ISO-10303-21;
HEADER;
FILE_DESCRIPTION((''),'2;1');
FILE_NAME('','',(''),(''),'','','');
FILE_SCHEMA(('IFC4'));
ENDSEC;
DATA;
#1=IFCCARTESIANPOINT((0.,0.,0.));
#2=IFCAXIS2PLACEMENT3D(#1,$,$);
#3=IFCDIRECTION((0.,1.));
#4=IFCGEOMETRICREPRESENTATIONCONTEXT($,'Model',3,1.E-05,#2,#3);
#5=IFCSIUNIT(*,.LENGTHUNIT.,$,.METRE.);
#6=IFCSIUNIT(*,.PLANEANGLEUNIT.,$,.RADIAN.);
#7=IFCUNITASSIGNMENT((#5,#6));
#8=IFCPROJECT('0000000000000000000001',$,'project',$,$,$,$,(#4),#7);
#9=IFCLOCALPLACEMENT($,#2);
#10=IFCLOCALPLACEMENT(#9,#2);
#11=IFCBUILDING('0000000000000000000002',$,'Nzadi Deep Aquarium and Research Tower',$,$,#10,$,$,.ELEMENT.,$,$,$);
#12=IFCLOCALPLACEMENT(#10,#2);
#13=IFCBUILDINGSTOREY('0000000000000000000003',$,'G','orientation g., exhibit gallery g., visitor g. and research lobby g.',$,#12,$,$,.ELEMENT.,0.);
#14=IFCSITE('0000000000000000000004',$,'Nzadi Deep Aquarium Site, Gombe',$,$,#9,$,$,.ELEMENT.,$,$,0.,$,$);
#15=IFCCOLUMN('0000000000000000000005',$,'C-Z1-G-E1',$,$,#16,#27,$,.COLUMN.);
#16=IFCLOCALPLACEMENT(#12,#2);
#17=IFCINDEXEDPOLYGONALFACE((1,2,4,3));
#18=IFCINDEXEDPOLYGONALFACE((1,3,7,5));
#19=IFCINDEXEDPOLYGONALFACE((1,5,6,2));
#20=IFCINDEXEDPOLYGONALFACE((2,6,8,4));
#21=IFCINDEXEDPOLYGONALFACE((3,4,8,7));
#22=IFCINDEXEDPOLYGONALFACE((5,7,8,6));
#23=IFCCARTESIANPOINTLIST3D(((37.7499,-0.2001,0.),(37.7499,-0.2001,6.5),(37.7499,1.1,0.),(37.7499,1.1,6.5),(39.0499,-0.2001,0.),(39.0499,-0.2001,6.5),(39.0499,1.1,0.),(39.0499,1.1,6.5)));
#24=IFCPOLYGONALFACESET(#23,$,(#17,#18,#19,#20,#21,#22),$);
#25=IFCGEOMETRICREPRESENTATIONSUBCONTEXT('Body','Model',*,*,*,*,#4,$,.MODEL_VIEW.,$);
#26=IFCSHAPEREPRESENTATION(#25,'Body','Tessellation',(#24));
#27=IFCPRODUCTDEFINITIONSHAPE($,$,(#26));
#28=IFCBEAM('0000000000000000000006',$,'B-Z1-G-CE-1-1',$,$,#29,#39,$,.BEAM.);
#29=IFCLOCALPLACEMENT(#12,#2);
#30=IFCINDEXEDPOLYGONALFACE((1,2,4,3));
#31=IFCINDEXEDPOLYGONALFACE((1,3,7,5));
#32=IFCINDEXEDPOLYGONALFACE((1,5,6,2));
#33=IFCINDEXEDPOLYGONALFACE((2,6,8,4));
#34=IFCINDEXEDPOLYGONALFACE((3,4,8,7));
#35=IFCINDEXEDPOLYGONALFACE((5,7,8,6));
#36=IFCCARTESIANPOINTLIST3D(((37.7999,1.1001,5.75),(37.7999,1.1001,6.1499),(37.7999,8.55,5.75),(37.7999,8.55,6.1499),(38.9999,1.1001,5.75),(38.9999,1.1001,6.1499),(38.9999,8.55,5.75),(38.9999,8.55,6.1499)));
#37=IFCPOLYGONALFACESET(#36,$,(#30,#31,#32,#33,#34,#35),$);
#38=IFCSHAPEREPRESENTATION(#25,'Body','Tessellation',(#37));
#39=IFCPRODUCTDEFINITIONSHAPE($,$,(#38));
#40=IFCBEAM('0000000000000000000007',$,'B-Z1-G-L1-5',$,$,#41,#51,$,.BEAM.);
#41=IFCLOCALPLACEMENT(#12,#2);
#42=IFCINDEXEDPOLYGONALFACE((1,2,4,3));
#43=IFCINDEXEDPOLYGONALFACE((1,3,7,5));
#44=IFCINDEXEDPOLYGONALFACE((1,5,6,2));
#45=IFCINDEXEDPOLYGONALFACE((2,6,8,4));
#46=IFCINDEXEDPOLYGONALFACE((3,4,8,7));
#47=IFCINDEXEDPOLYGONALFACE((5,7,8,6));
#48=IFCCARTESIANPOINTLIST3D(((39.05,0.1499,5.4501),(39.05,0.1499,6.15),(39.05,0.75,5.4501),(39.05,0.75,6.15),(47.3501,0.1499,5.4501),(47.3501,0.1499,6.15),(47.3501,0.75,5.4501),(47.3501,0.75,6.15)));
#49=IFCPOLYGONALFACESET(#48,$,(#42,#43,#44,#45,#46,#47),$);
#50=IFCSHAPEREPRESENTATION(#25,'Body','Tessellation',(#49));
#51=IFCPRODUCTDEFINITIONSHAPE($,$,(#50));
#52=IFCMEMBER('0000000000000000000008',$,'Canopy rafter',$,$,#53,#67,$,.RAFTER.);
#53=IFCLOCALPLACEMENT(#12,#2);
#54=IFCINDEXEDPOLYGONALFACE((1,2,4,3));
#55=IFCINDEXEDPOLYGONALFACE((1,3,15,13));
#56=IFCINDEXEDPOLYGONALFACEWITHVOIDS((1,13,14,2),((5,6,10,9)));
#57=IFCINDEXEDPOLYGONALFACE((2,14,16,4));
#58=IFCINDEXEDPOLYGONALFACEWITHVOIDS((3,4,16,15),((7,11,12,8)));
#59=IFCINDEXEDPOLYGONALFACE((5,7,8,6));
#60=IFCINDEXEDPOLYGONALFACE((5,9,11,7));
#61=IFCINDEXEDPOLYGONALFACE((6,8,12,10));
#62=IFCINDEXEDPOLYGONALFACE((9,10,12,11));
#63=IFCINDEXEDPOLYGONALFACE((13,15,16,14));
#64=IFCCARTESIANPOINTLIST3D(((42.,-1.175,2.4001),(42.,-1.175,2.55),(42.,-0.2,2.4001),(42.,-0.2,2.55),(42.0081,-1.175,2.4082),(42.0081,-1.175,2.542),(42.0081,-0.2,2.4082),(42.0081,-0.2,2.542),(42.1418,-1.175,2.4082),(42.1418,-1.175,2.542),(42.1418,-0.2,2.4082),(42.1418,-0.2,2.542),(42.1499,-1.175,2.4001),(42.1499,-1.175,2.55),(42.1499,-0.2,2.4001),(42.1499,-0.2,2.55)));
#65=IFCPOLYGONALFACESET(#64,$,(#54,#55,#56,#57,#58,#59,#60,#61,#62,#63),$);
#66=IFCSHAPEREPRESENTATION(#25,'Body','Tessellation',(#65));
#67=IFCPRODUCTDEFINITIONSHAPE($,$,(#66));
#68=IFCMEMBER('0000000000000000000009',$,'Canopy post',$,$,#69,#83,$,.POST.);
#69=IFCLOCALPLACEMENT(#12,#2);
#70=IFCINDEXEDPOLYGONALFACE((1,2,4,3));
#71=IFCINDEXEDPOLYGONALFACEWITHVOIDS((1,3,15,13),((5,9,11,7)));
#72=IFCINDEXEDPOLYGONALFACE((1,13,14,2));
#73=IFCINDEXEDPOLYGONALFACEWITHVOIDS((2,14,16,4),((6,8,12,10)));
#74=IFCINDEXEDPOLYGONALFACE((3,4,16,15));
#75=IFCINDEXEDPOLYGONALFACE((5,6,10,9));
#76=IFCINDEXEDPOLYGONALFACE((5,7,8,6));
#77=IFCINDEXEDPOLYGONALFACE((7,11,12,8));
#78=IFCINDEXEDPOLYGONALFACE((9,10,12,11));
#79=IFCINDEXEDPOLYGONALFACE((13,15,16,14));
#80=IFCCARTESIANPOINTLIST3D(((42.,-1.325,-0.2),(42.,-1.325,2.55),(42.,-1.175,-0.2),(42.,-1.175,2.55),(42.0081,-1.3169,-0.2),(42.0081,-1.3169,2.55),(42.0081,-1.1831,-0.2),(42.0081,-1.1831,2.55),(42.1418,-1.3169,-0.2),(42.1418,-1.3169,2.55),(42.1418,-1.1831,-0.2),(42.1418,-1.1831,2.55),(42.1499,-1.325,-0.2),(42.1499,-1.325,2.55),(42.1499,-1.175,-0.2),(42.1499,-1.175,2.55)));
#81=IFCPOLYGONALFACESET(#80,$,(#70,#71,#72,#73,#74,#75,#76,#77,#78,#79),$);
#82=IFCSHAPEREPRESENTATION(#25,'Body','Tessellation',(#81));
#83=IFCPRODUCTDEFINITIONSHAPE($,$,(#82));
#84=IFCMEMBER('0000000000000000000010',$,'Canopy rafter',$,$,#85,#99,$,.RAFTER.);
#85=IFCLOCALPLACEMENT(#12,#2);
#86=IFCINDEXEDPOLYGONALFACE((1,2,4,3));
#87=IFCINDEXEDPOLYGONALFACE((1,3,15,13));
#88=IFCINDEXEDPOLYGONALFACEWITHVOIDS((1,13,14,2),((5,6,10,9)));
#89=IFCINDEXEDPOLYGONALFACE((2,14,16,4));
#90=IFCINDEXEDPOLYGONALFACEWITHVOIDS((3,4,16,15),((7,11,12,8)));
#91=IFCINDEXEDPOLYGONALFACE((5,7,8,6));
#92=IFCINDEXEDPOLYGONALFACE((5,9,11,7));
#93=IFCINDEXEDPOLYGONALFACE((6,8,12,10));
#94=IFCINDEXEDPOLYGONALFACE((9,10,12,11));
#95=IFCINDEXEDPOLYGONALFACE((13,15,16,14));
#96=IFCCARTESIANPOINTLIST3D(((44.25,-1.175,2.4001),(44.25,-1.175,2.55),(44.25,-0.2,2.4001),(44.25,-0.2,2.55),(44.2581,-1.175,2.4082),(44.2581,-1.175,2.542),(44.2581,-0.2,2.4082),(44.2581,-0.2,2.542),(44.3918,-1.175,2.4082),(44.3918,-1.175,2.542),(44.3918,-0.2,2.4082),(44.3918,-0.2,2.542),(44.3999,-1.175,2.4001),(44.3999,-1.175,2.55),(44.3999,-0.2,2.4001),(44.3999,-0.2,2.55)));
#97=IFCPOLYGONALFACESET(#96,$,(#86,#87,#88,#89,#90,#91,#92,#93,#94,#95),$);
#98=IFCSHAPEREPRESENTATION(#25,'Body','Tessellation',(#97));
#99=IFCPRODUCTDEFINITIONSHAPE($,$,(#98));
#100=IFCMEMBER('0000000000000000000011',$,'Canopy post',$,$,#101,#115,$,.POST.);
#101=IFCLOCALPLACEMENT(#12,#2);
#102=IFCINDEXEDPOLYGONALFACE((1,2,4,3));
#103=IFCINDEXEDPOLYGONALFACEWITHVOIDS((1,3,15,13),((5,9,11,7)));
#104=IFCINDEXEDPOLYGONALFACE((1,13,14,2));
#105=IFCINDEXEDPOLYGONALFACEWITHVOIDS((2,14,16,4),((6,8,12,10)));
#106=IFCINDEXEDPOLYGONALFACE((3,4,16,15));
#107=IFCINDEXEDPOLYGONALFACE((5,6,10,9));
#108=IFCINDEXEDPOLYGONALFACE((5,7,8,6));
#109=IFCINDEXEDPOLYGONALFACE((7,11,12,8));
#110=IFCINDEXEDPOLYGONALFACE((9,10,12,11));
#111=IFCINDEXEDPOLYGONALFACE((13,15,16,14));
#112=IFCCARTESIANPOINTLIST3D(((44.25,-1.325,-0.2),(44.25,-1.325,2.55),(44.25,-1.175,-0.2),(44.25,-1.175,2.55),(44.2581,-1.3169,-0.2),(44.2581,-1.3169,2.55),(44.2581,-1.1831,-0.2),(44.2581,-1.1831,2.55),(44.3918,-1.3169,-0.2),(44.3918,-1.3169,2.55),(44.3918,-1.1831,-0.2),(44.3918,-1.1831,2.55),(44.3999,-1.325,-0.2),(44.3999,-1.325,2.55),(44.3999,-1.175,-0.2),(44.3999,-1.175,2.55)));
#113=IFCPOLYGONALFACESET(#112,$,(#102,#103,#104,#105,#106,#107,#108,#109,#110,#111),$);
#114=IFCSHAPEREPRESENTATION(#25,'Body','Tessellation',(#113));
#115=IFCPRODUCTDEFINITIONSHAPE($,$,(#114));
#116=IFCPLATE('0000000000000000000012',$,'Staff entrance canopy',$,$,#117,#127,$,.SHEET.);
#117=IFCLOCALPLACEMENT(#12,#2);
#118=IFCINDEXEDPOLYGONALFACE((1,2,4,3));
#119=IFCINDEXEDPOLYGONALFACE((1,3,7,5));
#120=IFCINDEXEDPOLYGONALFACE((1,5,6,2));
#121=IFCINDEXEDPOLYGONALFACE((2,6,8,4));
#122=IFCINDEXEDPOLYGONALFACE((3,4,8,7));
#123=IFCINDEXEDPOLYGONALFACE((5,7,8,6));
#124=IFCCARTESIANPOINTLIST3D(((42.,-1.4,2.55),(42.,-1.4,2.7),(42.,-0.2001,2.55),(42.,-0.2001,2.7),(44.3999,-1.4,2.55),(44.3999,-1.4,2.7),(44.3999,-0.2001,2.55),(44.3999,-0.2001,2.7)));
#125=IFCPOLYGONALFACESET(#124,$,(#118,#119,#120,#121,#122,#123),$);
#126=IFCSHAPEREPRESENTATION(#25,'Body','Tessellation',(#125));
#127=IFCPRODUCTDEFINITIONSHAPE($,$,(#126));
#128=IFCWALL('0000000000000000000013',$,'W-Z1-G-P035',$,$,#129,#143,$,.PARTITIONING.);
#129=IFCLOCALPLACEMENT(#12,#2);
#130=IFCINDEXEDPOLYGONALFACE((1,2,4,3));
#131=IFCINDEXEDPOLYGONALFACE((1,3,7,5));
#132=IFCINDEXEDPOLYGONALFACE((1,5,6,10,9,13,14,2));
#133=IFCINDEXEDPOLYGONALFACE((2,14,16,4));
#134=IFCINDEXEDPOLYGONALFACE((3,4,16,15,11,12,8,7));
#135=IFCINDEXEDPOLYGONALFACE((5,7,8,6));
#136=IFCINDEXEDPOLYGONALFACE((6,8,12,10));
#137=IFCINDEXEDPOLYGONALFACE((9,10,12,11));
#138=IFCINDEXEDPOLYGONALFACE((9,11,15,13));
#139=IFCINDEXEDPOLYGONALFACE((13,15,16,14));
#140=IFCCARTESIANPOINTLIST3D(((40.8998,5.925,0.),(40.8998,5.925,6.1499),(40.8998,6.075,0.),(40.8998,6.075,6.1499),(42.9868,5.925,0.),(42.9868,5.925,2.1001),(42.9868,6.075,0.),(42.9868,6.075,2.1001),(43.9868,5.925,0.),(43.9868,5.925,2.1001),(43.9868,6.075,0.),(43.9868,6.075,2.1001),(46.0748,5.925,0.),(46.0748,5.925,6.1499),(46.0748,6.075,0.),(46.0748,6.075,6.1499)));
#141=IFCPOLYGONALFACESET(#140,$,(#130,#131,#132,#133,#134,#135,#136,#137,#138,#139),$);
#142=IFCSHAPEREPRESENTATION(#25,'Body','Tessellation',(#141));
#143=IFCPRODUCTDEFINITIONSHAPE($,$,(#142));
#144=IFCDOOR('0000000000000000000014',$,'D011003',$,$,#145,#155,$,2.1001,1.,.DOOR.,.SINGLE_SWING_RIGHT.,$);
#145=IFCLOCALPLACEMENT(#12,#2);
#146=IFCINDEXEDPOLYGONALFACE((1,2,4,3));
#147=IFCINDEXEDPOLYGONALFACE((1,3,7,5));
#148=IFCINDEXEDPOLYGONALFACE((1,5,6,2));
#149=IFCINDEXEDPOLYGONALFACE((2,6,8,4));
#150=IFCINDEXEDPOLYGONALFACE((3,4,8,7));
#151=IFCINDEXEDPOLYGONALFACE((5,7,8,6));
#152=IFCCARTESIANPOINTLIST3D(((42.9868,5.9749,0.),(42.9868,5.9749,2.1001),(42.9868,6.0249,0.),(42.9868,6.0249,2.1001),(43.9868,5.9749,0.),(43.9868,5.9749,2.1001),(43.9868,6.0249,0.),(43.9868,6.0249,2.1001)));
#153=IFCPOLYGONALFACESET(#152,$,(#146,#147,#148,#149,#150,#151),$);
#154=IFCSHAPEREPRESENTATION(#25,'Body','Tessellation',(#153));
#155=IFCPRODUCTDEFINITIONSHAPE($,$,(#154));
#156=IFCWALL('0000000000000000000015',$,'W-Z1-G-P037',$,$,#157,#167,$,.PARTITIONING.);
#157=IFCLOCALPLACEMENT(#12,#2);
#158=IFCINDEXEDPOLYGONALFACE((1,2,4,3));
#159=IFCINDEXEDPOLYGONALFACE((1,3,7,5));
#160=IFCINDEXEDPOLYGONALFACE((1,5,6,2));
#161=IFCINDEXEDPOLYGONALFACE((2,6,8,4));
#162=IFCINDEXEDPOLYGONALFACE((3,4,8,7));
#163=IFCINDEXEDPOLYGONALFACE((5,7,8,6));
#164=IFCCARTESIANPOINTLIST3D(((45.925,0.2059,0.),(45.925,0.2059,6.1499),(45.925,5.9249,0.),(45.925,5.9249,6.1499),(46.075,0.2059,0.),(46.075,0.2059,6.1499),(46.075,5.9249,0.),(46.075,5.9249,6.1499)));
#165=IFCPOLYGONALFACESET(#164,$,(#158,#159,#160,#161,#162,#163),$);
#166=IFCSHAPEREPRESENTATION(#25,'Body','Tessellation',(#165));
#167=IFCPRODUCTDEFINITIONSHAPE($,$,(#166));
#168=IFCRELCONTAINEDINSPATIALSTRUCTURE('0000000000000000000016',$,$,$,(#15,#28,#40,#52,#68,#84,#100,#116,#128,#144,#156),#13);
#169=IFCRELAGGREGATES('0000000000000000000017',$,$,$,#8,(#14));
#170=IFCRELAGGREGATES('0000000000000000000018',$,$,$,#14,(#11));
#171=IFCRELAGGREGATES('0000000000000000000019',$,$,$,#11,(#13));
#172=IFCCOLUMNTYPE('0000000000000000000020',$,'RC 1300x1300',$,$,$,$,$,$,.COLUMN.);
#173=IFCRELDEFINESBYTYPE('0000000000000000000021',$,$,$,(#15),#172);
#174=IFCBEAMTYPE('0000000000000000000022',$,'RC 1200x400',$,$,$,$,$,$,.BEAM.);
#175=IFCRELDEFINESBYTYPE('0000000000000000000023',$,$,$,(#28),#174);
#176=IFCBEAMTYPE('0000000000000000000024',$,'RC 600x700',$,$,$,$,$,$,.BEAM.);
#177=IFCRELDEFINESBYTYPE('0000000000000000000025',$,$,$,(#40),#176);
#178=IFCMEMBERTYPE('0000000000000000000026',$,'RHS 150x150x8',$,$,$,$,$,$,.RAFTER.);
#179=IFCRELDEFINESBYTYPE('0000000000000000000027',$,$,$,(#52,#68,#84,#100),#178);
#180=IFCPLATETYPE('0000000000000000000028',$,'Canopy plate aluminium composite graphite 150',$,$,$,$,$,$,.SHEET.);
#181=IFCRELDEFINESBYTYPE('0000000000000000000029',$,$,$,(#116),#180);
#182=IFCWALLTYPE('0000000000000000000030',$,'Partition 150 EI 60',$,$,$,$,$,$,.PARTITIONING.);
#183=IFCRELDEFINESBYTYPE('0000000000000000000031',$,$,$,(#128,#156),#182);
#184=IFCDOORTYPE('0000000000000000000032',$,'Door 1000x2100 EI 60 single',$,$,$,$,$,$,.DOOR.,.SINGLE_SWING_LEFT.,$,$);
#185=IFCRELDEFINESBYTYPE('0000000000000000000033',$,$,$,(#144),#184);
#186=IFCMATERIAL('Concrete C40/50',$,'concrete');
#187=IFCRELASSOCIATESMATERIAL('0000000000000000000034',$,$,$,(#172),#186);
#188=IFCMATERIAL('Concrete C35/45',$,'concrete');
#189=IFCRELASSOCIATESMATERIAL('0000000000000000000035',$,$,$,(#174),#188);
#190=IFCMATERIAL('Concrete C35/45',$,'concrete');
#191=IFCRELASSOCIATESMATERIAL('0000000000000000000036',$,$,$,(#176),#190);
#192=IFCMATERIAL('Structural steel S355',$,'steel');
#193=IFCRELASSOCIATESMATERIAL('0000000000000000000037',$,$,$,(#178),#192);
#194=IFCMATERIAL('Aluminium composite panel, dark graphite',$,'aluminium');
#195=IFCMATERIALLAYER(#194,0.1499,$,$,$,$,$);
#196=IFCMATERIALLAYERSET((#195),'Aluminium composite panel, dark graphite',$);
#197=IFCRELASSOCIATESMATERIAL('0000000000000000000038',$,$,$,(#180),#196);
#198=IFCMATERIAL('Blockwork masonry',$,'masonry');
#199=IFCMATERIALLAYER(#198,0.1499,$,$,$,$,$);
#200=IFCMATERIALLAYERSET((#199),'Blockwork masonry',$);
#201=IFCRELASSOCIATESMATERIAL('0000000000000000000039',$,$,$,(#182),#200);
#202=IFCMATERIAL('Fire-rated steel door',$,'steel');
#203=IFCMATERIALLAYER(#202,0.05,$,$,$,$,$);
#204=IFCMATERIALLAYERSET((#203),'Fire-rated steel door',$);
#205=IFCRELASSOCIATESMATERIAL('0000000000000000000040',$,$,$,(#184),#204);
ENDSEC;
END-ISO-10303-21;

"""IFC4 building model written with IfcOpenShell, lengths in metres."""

from ifc_helpers import new_model, si_unit, direction, frame, frame_2d, origin, origin_2d, place, context, subcontext, project, spatial, rectangle, hollow_rectangle, extrude, material, layer, layer_set, material_profile, profile_set, type_object, element, fill, save


model = new_model("IFC4")

# Units and contexts
model_context = context("Model", 3, precision=1e-05, world=origin(), true_north=direction((0.0, 1.0)))
body_context = subcontext(model_context, "Body", "Model", "MODEL_VIEW")
ifc_project = project(units=[si_unit("LENGTHUNIT", "METRE"), si_unit("PLANEANGLEUNIT", "RADIAN")], contexts=[model_context])

# Site, building, storey
site_placement = place(None, origin())
site = spatial("IfcSite", under=ifc_project, at=site_placement, Name="Nzadi Deep Aquarium Site, Gombe", CompositionType="ELEMENT", RefElevation=0.0)
building_placement = place(site_placement, origin())
building = spatial("IfcBuilding", under=site, at=building_placement, Name="Nzadi Deep Aquarium and Research Tower", CompositionType="ELEMENT")
storey_placement = place(building_placement, origin())
storey = spatial("IfcBuildingStorey", under=building, at=storey_placement, Name="G", Description="orientation g., exhibit gallery g., visitor g. and research lobby g.", CompositionType="ELEMENT", Elevation=0.0)

# Column
ifc_material_1 = material(Name="Concrete C40/50", Category="concrete")
ifc_material_profile_1 = material_profile(ifc_material_1, rectangle(XDim=1.3, YDim=1.3, at=origin_2d()))
ifc_profile_set_1 = profile_set([ifc_material_profile_1], Name="Concrete C40/50")
column_type = type_object("IfcColumnType", Name="RC 1300x1300", PredefinedType="COLUMN", material=ifc_profile_set_1)
column_placement = place(storey_placement, frame((38.3999, 0.45, 0.0), z_axis=(0.0, 0.0, 1.0), x_axis=(1.0, 0.0, 0.0)))
element("IfcColumn", 1, at=column_placement, inside=storey, type_object=column_type, Name="C-Z1-G-E1", PredefinedType="COLUMN", context=body_context, shape_type="SweptSolid", body=[
    extrude(rectangle(XDim=1.3, YDim=1.3, at=origin_2d()), origin(), (0.0, 0.0, 1.0), 6.5),
])

# Beams
ifc_material_2 = material(Name="Concrete C35/45", Category="concrete")
ifc_material_profile_2 = material_profile(ifc_material_2, rectangle(XDim=1.2, YDim=0.3999, at=origin_2d()))
ifc_profile_set_2 = profile_set([ifc_material_profile_2], Name="Concrete C35/45")
beam_type_1 = type_object("IfcBeamType", Name="RC 1200x400", PredefinedType="BEAM", material=ifc_profile_set_2)
beam_1_placement = place(storey_placement, frame((38.3999, 1.1001, 5.95), z_axis=(0.0, 1.0, 0.0), x_axis=(-1.0, 0.0, 0.0)))
element("IfcBeam", 2, at=beam_1_placement, inside=storey, type_object=beam_type_1, Name="B-Z1-G-CE-1-1", PredefinedType="BEAM", context=body_context, shape_type="SweptSolid", body=[
    extrude(rectangle(XDim=1.2, YDim=0.3999, at=origin_2d()), origin(), (0.0, 0.0, 1.0), 7.45),
])
ifc_material_3 = material(Name="Concrete C35/45", Category="concrete")
ifc_material_profile_3 = material_profile(ifc_material_3, rectangle(XDim=0.6001, YDim=0.7, at=origin_2d()))
ifc_profile_set_3 = profile_set([ifc_material_profile_3], Name="Concrete C35/45")
beam_type_2 = type_object("IfcBeamType", Name="RC 600x700", PredefinedType="BEAM", material=ifc_profile_set_3)
beam_2_placement = place(storey_placement, frame((39.05, 0.45, 5.8), z_axis=(1.0, 0.0, 0.0), x_axis=(0.0, 1.0, 0.0)))
element("IfcBeam", 3, at=beam_2_placement, inside=storey, type_object=beam_type_2, Name="B-Z1-G-L1-5", PredefinedType="BEAM", context=body_context, shape_type="SweptSolid", body=[
    extrude(rectangle(XDim=0.6001, YDim=0.7, at=origin_2d()), origin(), (0.0, 0.0, 1.0), 8.3),
])

# Members
ifc_material_4 = material(Name="Structural steel S355", Category="steel")
ifc_material_profile_4 = material_profile(ifc_material_4, hollow_rectangle(XDim=0.1499, YDim=0.1499, WallThickness=0.0081, at=origin_2d()))
ifc_profile_set_4 = profile_set([ifc_material_profile_4], Name="Structural steel S355")
member_type = type_object("IfcMemberType", Name="RHS 150x150x8", PredefinedType="RAFTER", material=ifc_profile_set_4)
member_1_placement = place(storey_placement, frame((42.075, -0.2, 2.4751), z_axis=(0.0, -1.0, 0.0), x_axis=(1.0, 0.0, 0.0)))
element("IfcMember", 4, at=member_1_placement, inside=storey, type_object=member_type, Name="Canopy rafter", PredefinedType="RAFTER", context=body_context, shape_type="SweptSolid", body=[
    extrude(hollow_rectangle(XDim=0.1499, YDim=0.1499, WallThickness=0.0081, at=origin_2d()), origin(), (0.0, 0.0, 1.0), 0.9751),
])
member_2_placement = place(storey_placement, frame((42.075, -1.25, -0.2), z_axis=(0.0, 0.0, 1.0), x_axis=(1.0, 0.0, 0.0)))
element("IfcMember", 5, at=member_2_placement, inside=storey, type_object=member_type, Name="Canopy post", PredefinedType="POST", context=body_context, shape_type="SweptSolid", body=[
    extrude(hollow_rectangle(XDim=0.1499, YDim=0.1499, WallThickness=0.0081, at=origin_2d()), origin(), (0.0, 0.0, 1.0), 2.75),
])
member_3_placement = place(storey_placement, frame((44.325, -0.2, 2.4751), z_axis=(0.0, -1.0, 0.0), x_axis=(1.0, 0.0, 0.0)))
element("IfcMember", 6, at=member_3_placement, inside=storey, type_object=member_type, Name="Canopy rafter", PredefinedType="RAFTER", context=body_context, shape_type="SweptSolid", body=[
    extrude(hollow_rectangle(XDim=0.1499, YDim=0.1499, WallThickness=0.0081, at=origin_2d()), origin(), (0.0, 0.0, 1.0), 0.9751),
])
member_4_placement = place(storey_placement, frame((44.325, -1.25, -0.2), z_axis=(0.0, 0.0, 1.0), x_axis=(1.0, 0.0, 0.0)))
element("IfcMember", 7, at=member_4_placement, inside=storey, type_object=member_type, Name="Canopy post", PredefinedType="POST", context=body_context, shape_type="SweptSolid", body=[
    extrude(hollow_rectangle(XDim=0.1499, YDim=0.1499, WallThickness=0.0081, at=origin_2d()), origin(), (0.0, 0.0, 1.0), 2.75),
])

# Plate
ifc_material_5 = material(Name="Aluminium composite panel, dark graphite", Category="aluminium")
ifc_layer_1 = layer(ifc_material_5, 0.1499)
ifc_layer_set_1 = layer_set([ifc_layer_1], Name="Aluminium composite panel, dark graphite")
plate_type = type_object("IfcPlateType", Name="Canopy plate aluminium composite graphite 150", PredefinedType="SHEET", material=ifc_layer_set_1)
plate_placement = place(storey_placement, frame((43.2, -0.8, 2.55), z_axis=(0.0, 0.0, 1.0), x_axis=(1.0, 0.0, 0.0)))
element("IfcPlate", 8, at=plate_placement, inside=storey, type_object=plate_type, Name="Staff entrance canopy", PredefinedType="SHEET", context=body_context, shape_type="SweptSolid", body=[
    extrude(rectangle(XDim=2.3999, YDim=1.2, at=origin_2d()), origin(), (0.0, 0.0, 1.0), 0.1499),
])

# Wall, opening, door
ifc_material_6 = material(Name="Blockwork masonry", Category="masonry")
ifc_layer_2 = layer(ifc_material_6, 0.1499)
ifc_layer_set_2 = layer_set([ifc_layer_2], Name="Blockwork masonry")
wall_type_1 = type_object("IfcWallType", Name="Partition 150 EI 60", PredefinedType="PARTITIONING", material=ifc_layer_set_2)
wall_1_placement = place(storey_placement, frame((40.8999, 6.0, 0.0), z_axis=(0.0, 0.0, 1.0), x_axis=(1.0, 0.0, 0.0)))
wall_1 = element("IfcWall", 9, at=wall_1_placement, inside=storey, type_object=wall_type_1, Name="W-Z1-G-P035", PredefinedType="PARTITIONING", context=body_context, shape_type="SweptSolid", body=[
    extrude(rectangle(XDim=5.175, YDim=0.1499, at=frame_2d((2.5874, 0.0))), origin(), (0.0, 0.0, 1.0), 6.1499),
])
opening_1_placement = place(wall_1_placement, frame((2.0869, 0.0, 0.0)))
opening_1 = element("IfcOpeningElement", 10, at=opening_1_placement, cuts=wall_1, PredefinedType="OPENING", context=body_context, shape_type="SweptSolid", body=[
    extrude(rectangle(XDim=1.0, YDim=2.1001, at=frame_2d((0.5, 1.05))), frame((0.0, 0.085, 0.0), z_axis=(0.0, -1.0, 0.0), x_axis=(1.0, 0.0, 0.0)), (0.0, 0.0, 1.0), 0.1699),
])
ifc_material_7 = material(Name="Fire-rated steel door", Category="steel")
ifc_layer_3 = layer(ifc_material_7, 0.05)
ifc_layer_set_3 = layer_set([ifc_layer_3], Name="Fire-rated steel door")
door_type_1 = type_object("IfcDoorType", Name="Door 1000x2100 EI 60 single", OperationType="SINGLE_SWING_LEFT", PredefinedType="DOOR", material=ifc_layer_set_3)
door_1_placement = place(opening_1_placement, origin())
door_1 = element("IfcDoor", 11, at=door_1_placement, inside=storey, type_object=door_type_1, Name="D011003", OperationType="SINGLE_SWING_RIGHT", OverallHeight=2.1001, OverallWidth=1.0, PredefinedType="DOOR", context=body_context, shape_type="SweptSolid", body=[
    extrude(rectangle(XDim=1.0, YDim=2.1001, at=frame_2d((0.5, 1.05))), frame((0.0, 0.0249, 0.0), z_axis=(0.0, -1.0, 0.0), x_axis=(1.0, 0.0, 0.0)), (0.0, 0.0, 1.0), 0.05),
])
fill(opening_1, door_1)

# Wall
wall_2_placement = place(storey_placement, frame((46.0, 0.2061, 0.0), z_axis=(0.0, 0.0, 1.0), x_axis=(0.0, 1.0, 0.0)))
element("IfcWall", 12, at=wall_2_placement, inside=storey, type_object=wall_type_1, Name="W-Z1-G-P037", PredefinedType="PARTITIONING", context=body_context, shape_type="SweptSolid", body=[
    extrude(rectangle(XDim=5.719, YDim=0.1499, at=frame_2d((2.8594, 0.0))), origin(), (0.0, 0.0, 1.0), 6.1499),
])

save(model, "model.ifc")
